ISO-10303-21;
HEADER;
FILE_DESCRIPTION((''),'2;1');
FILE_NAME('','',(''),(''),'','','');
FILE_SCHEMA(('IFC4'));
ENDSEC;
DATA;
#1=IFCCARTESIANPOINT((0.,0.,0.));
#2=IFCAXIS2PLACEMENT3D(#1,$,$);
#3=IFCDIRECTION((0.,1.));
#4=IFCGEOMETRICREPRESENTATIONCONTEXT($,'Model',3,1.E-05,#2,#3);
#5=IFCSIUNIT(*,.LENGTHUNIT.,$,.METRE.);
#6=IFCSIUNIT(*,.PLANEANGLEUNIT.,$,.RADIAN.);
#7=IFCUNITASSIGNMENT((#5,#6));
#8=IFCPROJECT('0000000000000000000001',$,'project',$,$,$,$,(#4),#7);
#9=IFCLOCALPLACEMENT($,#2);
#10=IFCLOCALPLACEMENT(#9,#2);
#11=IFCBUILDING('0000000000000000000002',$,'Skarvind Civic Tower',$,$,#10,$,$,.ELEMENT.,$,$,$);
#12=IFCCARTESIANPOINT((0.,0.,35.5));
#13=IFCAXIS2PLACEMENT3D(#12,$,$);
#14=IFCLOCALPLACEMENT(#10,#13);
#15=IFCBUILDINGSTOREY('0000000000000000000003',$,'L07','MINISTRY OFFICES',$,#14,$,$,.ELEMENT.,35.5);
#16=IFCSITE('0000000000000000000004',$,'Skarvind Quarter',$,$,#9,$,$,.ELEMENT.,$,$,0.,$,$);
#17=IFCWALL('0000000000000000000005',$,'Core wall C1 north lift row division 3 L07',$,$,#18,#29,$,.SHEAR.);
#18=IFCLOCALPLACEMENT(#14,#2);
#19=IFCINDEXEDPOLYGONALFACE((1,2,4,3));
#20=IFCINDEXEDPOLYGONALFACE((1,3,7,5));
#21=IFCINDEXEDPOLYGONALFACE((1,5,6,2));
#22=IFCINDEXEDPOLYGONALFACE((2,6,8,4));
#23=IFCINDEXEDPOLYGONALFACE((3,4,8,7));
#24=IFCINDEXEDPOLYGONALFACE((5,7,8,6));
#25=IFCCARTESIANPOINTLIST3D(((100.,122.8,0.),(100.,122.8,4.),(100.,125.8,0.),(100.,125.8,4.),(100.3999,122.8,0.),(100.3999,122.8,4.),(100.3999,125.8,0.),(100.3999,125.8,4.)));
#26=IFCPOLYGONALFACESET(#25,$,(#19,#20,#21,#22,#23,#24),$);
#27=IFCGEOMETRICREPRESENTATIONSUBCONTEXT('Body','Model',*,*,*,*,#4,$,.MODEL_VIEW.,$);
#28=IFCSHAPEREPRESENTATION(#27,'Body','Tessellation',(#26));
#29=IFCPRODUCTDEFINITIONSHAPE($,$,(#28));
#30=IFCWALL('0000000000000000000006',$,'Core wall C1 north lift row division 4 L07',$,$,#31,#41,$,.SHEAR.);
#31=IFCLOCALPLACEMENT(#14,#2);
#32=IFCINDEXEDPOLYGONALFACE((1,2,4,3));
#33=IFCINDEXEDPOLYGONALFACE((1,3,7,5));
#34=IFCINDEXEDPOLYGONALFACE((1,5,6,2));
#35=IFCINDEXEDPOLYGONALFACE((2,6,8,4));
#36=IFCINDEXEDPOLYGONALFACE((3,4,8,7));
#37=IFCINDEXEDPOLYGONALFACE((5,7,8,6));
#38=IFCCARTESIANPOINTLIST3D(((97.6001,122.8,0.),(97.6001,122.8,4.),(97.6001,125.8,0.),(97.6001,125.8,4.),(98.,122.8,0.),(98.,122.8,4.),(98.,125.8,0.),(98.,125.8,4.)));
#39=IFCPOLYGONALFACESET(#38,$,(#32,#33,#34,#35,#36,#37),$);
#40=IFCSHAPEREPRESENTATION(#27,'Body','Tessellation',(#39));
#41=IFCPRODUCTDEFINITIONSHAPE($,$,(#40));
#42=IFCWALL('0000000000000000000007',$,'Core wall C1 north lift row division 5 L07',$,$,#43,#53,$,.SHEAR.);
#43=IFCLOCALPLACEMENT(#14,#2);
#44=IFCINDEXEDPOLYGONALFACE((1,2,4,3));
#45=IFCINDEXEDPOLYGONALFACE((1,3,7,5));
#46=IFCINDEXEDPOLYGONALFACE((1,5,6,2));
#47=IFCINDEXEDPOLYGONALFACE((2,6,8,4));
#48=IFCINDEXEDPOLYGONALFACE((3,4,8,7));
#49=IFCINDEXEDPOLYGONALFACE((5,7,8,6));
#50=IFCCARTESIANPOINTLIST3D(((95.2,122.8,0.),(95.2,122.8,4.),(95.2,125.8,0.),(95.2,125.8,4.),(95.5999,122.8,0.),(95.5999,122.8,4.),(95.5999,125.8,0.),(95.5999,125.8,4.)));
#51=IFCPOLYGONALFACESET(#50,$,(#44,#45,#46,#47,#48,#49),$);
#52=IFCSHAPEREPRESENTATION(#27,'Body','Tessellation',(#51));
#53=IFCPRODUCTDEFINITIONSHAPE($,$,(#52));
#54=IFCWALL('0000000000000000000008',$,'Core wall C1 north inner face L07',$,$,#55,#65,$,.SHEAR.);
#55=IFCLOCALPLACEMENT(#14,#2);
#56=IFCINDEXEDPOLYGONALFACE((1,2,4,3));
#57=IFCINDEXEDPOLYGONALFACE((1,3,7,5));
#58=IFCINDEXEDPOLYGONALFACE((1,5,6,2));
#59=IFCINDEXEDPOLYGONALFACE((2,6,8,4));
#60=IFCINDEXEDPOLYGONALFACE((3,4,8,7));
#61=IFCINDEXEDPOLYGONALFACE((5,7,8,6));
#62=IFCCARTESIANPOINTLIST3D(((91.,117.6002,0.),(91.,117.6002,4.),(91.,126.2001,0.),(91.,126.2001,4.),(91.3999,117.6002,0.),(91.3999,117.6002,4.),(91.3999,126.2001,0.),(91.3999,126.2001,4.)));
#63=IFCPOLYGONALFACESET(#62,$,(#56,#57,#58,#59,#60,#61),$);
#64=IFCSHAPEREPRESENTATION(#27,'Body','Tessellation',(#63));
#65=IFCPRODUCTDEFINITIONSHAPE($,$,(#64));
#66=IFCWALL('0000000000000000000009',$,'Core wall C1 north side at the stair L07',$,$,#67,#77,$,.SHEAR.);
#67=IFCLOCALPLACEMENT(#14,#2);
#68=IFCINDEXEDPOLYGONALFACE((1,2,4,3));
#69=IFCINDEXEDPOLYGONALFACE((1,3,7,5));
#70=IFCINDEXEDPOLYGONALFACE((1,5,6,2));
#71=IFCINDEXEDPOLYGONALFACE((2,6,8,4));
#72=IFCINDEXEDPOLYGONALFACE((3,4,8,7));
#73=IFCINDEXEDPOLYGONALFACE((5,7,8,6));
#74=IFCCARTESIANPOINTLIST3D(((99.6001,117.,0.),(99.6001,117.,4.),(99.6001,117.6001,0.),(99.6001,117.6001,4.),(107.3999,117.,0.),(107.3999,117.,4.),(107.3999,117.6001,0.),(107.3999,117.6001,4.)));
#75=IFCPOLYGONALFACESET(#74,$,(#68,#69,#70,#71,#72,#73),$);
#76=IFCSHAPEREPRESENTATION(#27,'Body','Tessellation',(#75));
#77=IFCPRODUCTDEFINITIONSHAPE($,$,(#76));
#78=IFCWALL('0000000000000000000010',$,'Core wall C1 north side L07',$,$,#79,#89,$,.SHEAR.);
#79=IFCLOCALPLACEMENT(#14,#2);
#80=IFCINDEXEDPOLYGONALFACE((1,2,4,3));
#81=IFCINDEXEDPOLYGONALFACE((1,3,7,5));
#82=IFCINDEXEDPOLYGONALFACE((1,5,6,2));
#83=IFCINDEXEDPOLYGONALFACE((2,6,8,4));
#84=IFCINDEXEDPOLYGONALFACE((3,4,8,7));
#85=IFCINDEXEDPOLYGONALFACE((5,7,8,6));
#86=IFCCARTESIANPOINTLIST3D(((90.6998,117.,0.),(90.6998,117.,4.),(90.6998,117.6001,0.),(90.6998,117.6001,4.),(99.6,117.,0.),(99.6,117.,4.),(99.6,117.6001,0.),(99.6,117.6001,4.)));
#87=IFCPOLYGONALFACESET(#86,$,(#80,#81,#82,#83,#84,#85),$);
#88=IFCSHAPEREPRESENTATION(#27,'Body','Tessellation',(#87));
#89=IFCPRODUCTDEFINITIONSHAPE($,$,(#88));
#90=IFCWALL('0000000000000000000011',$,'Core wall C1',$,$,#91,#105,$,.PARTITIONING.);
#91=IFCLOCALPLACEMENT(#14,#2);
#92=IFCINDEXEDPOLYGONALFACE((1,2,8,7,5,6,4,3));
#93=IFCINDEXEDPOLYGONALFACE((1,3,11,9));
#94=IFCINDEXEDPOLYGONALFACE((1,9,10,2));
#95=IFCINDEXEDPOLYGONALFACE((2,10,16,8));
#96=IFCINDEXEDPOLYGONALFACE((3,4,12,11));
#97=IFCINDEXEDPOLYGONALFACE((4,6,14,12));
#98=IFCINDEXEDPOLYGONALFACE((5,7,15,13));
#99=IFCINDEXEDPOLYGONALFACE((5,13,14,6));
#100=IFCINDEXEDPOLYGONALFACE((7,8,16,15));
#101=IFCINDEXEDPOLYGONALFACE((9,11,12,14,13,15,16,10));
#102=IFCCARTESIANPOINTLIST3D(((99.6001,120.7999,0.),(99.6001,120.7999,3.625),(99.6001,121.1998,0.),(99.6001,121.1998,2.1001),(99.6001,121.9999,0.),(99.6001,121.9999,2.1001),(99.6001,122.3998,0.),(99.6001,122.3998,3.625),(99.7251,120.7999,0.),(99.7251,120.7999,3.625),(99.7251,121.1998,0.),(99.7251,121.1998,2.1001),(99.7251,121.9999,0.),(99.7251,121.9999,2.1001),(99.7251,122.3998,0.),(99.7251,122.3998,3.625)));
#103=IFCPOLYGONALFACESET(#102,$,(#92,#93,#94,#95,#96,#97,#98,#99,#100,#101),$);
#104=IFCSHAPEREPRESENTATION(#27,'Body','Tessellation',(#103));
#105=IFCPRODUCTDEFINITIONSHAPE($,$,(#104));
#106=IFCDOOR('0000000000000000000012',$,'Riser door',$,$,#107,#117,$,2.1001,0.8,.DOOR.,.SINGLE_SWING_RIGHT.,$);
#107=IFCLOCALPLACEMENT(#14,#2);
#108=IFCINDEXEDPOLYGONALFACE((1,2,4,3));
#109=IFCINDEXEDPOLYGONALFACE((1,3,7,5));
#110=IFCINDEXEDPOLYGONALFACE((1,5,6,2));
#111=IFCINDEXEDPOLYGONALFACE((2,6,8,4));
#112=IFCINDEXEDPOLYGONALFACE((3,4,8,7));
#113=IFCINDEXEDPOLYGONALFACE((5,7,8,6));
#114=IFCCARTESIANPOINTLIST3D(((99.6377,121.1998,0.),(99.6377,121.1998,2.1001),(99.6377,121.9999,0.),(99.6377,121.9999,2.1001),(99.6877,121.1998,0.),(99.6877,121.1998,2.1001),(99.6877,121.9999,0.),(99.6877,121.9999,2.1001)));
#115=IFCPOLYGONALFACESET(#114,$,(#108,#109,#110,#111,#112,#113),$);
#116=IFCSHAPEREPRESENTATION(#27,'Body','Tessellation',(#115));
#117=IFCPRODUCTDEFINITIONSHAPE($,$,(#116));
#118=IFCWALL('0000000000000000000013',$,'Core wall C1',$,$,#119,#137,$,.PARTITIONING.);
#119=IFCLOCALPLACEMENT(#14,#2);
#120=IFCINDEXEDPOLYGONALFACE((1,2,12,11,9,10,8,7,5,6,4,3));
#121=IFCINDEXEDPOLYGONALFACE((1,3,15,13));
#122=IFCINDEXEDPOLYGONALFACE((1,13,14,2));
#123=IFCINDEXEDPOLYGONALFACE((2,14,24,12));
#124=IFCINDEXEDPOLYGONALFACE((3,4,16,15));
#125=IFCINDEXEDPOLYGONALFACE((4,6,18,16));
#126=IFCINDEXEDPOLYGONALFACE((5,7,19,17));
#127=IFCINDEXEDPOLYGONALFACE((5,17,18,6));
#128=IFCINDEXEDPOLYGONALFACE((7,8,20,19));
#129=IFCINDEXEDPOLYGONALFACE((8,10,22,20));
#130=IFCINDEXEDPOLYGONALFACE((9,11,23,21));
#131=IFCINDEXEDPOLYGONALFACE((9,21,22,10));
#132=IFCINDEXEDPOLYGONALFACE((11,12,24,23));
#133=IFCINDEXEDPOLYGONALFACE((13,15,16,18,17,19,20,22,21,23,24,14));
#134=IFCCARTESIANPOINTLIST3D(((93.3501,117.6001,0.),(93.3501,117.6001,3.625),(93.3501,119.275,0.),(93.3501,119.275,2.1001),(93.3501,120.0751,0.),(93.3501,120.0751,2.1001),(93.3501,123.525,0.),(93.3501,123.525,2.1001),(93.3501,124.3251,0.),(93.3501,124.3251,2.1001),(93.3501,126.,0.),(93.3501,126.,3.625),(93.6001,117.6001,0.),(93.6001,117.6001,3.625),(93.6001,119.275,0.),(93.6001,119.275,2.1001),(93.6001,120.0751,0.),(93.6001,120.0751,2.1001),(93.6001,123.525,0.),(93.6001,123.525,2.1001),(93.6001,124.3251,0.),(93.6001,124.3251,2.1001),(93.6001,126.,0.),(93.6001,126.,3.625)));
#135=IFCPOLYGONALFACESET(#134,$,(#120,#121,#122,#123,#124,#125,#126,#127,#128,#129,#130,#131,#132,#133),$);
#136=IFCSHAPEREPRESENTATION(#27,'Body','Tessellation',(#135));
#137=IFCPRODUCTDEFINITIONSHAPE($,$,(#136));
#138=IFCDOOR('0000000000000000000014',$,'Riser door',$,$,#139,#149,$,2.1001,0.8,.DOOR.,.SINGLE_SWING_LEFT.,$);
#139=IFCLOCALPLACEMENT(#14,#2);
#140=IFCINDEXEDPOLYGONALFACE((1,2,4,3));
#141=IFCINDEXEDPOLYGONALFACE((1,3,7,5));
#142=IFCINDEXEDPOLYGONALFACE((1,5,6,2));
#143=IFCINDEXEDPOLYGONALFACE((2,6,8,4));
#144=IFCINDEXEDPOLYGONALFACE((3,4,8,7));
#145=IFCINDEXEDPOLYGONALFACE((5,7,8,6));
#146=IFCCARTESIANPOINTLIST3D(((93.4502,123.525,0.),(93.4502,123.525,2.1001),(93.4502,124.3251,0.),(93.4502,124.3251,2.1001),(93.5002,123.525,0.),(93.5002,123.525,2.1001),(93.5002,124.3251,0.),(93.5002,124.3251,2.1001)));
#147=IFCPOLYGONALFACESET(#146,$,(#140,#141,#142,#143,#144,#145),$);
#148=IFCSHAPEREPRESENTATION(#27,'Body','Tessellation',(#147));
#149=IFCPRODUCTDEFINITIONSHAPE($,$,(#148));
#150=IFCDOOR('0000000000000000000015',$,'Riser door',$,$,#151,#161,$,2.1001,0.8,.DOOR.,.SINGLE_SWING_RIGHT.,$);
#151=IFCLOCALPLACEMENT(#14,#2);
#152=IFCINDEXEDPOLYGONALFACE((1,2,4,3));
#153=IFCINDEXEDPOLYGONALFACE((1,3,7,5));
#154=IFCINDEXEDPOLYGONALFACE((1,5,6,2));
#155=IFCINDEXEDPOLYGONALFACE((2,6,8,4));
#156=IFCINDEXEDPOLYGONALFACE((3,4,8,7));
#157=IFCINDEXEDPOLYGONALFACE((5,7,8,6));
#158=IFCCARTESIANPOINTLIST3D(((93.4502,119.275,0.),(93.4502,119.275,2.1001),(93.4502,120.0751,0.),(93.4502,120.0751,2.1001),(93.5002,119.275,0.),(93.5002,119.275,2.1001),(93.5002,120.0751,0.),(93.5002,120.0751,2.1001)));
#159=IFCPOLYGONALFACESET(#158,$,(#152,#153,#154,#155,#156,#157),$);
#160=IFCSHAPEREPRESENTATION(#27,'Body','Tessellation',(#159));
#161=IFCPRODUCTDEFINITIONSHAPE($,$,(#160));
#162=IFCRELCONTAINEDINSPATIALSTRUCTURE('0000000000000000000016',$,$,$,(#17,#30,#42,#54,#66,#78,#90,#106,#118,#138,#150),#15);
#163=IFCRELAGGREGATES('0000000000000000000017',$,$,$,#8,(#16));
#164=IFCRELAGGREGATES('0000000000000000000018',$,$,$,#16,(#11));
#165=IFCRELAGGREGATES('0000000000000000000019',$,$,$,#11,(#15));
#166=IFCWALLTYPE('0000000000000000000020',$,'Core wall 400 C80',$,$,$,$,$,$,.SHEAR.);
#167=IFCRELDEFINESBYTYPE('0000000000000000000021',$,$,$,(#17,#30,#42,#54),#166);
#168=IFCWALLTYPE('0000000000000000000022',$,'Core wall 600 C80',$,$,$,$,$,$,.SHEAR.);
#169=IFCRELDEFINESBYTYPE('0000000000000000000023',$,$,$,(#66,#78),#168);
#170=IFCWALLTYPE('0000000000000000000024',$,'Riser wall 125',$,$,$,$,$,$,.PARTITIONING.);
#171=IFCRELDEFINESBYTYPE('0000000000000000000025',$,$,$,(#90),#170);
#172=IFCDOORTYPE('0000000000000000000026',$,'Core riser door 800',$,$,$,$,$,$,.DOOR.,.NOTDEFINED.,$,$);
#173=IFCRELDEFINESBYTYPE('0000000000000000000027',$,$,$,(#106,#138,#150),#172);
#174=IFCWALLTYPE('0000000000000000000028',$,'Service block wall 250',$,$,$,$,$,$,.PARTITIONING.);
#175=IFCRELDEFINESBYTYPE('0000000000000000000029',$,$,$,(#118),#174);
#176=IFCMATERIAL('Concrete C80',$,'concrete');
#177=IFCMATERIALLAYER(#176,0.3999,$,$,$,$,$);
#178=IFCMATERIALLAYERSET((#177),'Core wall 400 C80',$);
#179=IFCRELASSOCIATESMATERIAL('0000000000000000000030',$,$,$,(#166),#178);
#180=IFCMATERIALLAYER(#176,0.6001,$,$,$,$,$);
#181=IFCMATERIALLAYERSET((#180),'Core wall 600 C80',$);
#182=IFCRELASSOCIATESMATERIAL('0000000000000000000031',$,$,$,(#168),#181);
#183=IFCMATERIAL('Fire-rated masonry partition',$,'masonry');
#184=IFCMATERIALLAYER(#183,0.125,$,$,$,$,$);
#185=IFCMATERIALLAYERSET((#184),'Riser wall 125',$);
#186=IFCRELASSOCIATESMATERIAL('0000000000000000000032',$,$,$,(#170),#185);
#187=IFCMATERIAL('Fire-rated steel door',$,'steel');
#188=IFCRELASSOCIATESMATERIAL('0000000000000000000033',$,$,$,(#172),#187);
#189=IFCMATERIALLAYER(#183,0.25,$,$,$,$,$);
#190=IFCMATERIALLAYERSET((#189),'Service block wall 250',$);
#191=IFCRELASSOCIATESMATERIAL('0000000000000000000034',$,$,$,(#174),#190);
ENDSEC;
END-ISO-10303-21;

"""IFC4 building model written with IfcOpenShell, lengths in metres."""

from ifc_helpers import new_model, si_unit, direction, frame, frame_2d, origin, place, context, subcontext, project, spatial, rectangle, extrude, material, layer, layer_set, type_object, element, fill, save


model = new_model("IFC4")

# Units and contexts
model_context = context("Model", 3, precision=1e-05, world=origin(), true_north=direction((0.0, 1.0)))
body_context = subcontext(model_context, "Body", "Model", "MODEL_VIEW")
ifc_project = project(units=[si_unit("LENGTHUNIT", "METRE"), si_unit("PLANEANGLEUNIT", "RADIAN")], contexts=[model_context])

# Site, building, storey
site_placement = place(None, origin())
site = spatial("IfcSite", under=ifc_project, at=site_placement, Name="Skarvind Quarter", CompositionType="ELEMENT", RefElevation=0.0)
building_placement = place(site_placement, origin())
building = spatial("IfcBuilding", under=site, at=building_placement, Name="Skarvind Civic Tower", CompositionType="ELEMENT")
storey_placement = place(building_placement, frame((0.0, 0.0, 35.5)))
storey = spatial("IfcBuildingStorey", under=building, at=storey_placement, Name="L07", Description="MINISTRY OFFICES", CompositionType="ELEMENT", Elevation=35.5)

# Shared definitions
ifc_material_1 = material(Name="Fire-rated masonry partition", Category="masonry")
ifc_material_2 = material(Name="Fire-rated steel door", Category="steel")

# Shared definitions
ifc_material_3 = material(Name="Concrete C80", Category="concrete")
ifc_layer_1 = layer(ifc_material_3, 0.3999)
ifc_layer_set_1 = layer_set([ifc_layer_1], Name="Core wall 400 C80")
wall_type_1 = type_object("IfcWallType", Name="Core wall 400 C80", PredefinedType="SHEAR", material=ifc_layer_set_1)

# Walls
for number, where, z_axis, x_axis, name in (
    (1, (100.2, 125.8, 0.0), (0.0, 0.0, 1.0), (0.0, -1.0, 0.0), "Core wall C1 north lift row division 3 L07"),
    (2, (97.8, 125.8, 0.0), (0.0, 0.0, 1.0), (0.0, -1.0, 0.0), "Core wall C1 north lift row division 4 L07"),
    (3, (95.3999, 125.8, 0.0), (0.0, 0.0, 1.0), (0.0, -1.0, 0.0), "Core wall C1 north lift row division 5 L07"),
):
    element("IfcWall", number, at=place(storey_placement, frame(where, z_axis=z_axis, x_axis=x_axis)), inside=storey, type_object=wall_type_1, Name=name, PredefinedType="SHEAR", context=body_context, shape_type="SweptSolid", body=[
        extrude(rectangle(XDim=3.0, YDim=0.3999, at=frame_2d((1.5, 0.0))), origin(), (0.0, 0.0, 1.0), 4.0),
    ])
wall_1_placement = place(storey_placement, frame((91.2, 126.2, 0.0), z_axis=(0.0, 0.0, 1.0), x_axis=(0.0, -1.0, 0.0)))
element("IfcWall", 4, at=wall_1_placement, inside=storey, type_object=wall_type_1, Name="Core wall C1 north inner face L07", PredefinedType="SHEAR", context=body_context, shape_type="SweptSolid", body=[
    extrude(rectangle(XDim=8.5999, YDim=0.3999, at=frame_2d((4.2998, 0.0))), origin(), (0.0, 0.0, 1.0), 4.0),
])
ifc_layer_2 = layer(ifc_material_3, 0.6001)
ifc_layer_set_2 = layer_set([ifc_layer_2], Name="Core wall 600 C80")
wall_type_2 = type_object("IfcWallType", Name="Core wall 600 C80", PredefinedType="SHEAR", material=ifc_layer_set_2)
wall_2_placement = place(storey_placement, frame((107.3999, 117.3, 0.0), z_axis=(0.0, 0.0, 1.0), x_axis=(-1.0, 0.0, 0.0)))
element("IfcWall", 5, at=wall_2_placement, inside=storey, type_object=wall_type_2, Name="Core wall C1 north side at the stair L07", PredefinedType="SHEAR", context=body_context, shape_type="SweptSolid", body=[
    extrude(rectangle(XDim=7.7998, YDim=0.6001, at=frame_2d((3.8999, 0.0))), origin(), (0.0, 0.0, 1.0), 4.0),
])
wall_3_placement = place(storey_placement, frame((99.6001, 117.3, 0.0), z_axis=(0.0, 0.0, 1.0), x_axis=(-1.0, 0.0, 0.0)))
element("IfcWall", 6, at=wall_3_placement, inside=storey, type_object=wall_type_2, Name="Core wall C1 north side L07", PredefinedType="SHEAR", context=body_context, shape_type="SweptSolid", body=[
    extrude(rectangle(XDim=8.9001, YDim=0.6001, at=frame_2d((4.4502, 0.0))), origin(), (0.0, 0.0, 1.0), 4.0),
])

# Wall, opening, door
ifc_layer_3 = layer(ifc_material_1, 0.125)
ifc_layer_set_3 = layer_set([ifc_layer_3], Name="Riser wall 125")
wall_type_3 = type_object("IfcWallType", Name="Riser wall 125", PredefinedType="PARTITIONING", material=ifc_layer_set_3)
wall_4_placement = place(storey_placement, frame((99.6626, 120.8, 0.0), z_axis=(0.0, 0.0, 1.0), x_axis=(0.0, 1.0, 0.0)))
wall_4 = element("IfcWall", 7, at=wall_4_placement, inside=storey, type_object=wall_type_3, Name="Core wall C1", PredefinedType="PARTITIONING", context=body_context, shape_type="SweptSolid", body=[
    extrude(rectangle(XDim=1.5999, YDim=0.125, at=frame_2d((0.7998, 0.0))), origin(), (0.0, 0.0, 1.0), 3.625),
])
opening_1_placement = place(wall_4_placement, frame((0.3999, 0.0, 0.0)))
opening_1 = element("IfcOpeningElement", 8, at=opening_1_placement, cuts=wall_4, PredefinedType="OPENING", context=body_context, shape_type="SweptSolid", body=[
    extrude(rectangle(XDim=0.8, YDim=2.1001, at=frame_2d((0.3999, 1.05))), frame((0.0, 0.0725, 0.0), z_axis=(0.0, -1.0, 0.0), x_axis=(1.0, 0.0, 0.0)), (0.0, 0.0, 1.0), 0.145),
])
door_type_1 = type_object("IfcDoorType", Name="Core riser door 800", OperationType="NOTDEFINED", PredefinedType="DOOR", material=ifc_material_2)
door_1_placement = place(opening_1_placement, origin())
door_1 = element("IfcDoor", 9, at=door_1_placement, inside=storey, type_object=door_type_1, Name="Riser door", OperationType="SINGLE_SWING_RIGHT", OverallHeight=2.1001, OverallWidth=0.8, PredefinedType="DOOR", context=body_context, shape_type="SweptSolid", body=[
    extrude(rectangle(XDim=0.8, YDim=2.1001, at=frame_2d((0.3999, 1.05))), frame((0.0, 0.0249, 0.0), z_axis=(0.0, -1.0, 0.0), x_axis=(1.0, 0.0, 0.0)), (0.0, 0.0, 1.0), 0.05),
])
fill(opening_1, door_1)

# Wall, openings, doors
ifc_layer_4 = layer(ifc_material_1, 0.25)
ifc_layer_set_4 = layer_set([ifc_layer_4], Name="Service block wall 250")
wall_type_4 = type_object("IfcWallType", Name="Service block wall 250", PredefinedType="PARTITIONING", material=ifc_layer_set_4)
wall_5_placement = place(storey_placement, frame((93.4751, 117.6001, 0.0), z_axis=(0.0, 0.0, 1.0), x_axis=(0.0, 1.0, 0.0)))
wall_5 = element("IfcWall", 10, at=wall_5_placement, inside=storey, type_object=wall_type_4, Name="Core wall C1", PredefinedType="PARTITIONING", context=body_context, shape_type="SweptSolid", body=[
    extrude(rectangle(XDim=8.3999, YDim=0.25, at=frame_2d((4.2, 0.0))), origin(), (0.0, 0.0, 1.0), 3.625),
])
opening_2_placement = place(wall_5_placement, frame((5.925, 0.0, 0.0)))
opening_2 = element("IfcOpeningElement", 11, at=opening_2_placement, cuts=wall_5, PredefinedType="OPENING", context=body_context, shape_type="SweptSolid", body=[
    extrude(rectangle(XDim=0.8, YDim=2.1001, at=frame_2d((0.3999, 1.05))), frame((0.0, 0.135, 0.0), z_axis=(0.0, -1.0, 0.0), x_axis=(1.0, 0.0, 0.0)), (0.0, 0.0, 1.0), 0.27),
])
opening_3_placement = place(wall_5_placement, frame((1.675, 0.0, 0.0)))
opening_3 = element("IfcOpeningElement", 12, at=opening_3_placement, cuts=wall_5, PredefinedType="OPENING", context=body_context, shape_type="SweptSolid", body=[
    extrude(rectangle(XDim=0.8, YDim=2.1001, at=frame_2d((0.3999, 1.05))), frame((0.0, 0.135, 0.0), z_axis=(0.0, -1.0, 0.0), x_axis=(1.0, 0.0, 0.0)), (0.0, 0.0, 1.0), 0.27),
])
door_2_placement = place(opening_2_placement, origin())
door_2 = element("IfcDoor", 13, at=door_2_placement, inside=storey, type_object=door_type_1, Name="Riser door", OperationType="SINGLE_SWING_LEFT", OverallHeight=2.1001, OverallWidth=0.8, PredefinedType="DOOR", context=body_context, shape_type="SweptSolid", body=[
    extrude(rectangle(XDim=0.8, YDim=2.1001, at=frame_2d((0.3999, 1.05))), frame((0.0, 0.0249, 0.0), z_axis=(0.0, -1.0, 0.0), x_axis=(1.0, 0.0, 0.0)), (0.0, 0.0, 1.0), 0.05),
])
fill(opening_2, door_2)
door_3_placement = place(opening_3_placement, origin())
door_3 = element("IfcDoor", 14, at=door_3_placement, inside=storey, type_object=door_type_1, Name="Riser door", OperationType="SINGLE_SWING_RIGHT", OverallHeight=2.1001, OverallWidth=0.8, PredefinedType="DOOR", context=body_context, shape_type="SweptSolid", body=[
    extrude(rectangle(XDim=0.8, YDim=2.1001, at=frame_2d((0.3999, 1.05))), frame((0.0, 0.0249, 0.0), z_axis=(0.0, -1.0, 0.0), x_axis=(1.0, 0.0, 0.0)), (0.0, 0.0, 1.0), 0.05),
])
fill(opening_3, door_3)

save(model, "model.ifc")
